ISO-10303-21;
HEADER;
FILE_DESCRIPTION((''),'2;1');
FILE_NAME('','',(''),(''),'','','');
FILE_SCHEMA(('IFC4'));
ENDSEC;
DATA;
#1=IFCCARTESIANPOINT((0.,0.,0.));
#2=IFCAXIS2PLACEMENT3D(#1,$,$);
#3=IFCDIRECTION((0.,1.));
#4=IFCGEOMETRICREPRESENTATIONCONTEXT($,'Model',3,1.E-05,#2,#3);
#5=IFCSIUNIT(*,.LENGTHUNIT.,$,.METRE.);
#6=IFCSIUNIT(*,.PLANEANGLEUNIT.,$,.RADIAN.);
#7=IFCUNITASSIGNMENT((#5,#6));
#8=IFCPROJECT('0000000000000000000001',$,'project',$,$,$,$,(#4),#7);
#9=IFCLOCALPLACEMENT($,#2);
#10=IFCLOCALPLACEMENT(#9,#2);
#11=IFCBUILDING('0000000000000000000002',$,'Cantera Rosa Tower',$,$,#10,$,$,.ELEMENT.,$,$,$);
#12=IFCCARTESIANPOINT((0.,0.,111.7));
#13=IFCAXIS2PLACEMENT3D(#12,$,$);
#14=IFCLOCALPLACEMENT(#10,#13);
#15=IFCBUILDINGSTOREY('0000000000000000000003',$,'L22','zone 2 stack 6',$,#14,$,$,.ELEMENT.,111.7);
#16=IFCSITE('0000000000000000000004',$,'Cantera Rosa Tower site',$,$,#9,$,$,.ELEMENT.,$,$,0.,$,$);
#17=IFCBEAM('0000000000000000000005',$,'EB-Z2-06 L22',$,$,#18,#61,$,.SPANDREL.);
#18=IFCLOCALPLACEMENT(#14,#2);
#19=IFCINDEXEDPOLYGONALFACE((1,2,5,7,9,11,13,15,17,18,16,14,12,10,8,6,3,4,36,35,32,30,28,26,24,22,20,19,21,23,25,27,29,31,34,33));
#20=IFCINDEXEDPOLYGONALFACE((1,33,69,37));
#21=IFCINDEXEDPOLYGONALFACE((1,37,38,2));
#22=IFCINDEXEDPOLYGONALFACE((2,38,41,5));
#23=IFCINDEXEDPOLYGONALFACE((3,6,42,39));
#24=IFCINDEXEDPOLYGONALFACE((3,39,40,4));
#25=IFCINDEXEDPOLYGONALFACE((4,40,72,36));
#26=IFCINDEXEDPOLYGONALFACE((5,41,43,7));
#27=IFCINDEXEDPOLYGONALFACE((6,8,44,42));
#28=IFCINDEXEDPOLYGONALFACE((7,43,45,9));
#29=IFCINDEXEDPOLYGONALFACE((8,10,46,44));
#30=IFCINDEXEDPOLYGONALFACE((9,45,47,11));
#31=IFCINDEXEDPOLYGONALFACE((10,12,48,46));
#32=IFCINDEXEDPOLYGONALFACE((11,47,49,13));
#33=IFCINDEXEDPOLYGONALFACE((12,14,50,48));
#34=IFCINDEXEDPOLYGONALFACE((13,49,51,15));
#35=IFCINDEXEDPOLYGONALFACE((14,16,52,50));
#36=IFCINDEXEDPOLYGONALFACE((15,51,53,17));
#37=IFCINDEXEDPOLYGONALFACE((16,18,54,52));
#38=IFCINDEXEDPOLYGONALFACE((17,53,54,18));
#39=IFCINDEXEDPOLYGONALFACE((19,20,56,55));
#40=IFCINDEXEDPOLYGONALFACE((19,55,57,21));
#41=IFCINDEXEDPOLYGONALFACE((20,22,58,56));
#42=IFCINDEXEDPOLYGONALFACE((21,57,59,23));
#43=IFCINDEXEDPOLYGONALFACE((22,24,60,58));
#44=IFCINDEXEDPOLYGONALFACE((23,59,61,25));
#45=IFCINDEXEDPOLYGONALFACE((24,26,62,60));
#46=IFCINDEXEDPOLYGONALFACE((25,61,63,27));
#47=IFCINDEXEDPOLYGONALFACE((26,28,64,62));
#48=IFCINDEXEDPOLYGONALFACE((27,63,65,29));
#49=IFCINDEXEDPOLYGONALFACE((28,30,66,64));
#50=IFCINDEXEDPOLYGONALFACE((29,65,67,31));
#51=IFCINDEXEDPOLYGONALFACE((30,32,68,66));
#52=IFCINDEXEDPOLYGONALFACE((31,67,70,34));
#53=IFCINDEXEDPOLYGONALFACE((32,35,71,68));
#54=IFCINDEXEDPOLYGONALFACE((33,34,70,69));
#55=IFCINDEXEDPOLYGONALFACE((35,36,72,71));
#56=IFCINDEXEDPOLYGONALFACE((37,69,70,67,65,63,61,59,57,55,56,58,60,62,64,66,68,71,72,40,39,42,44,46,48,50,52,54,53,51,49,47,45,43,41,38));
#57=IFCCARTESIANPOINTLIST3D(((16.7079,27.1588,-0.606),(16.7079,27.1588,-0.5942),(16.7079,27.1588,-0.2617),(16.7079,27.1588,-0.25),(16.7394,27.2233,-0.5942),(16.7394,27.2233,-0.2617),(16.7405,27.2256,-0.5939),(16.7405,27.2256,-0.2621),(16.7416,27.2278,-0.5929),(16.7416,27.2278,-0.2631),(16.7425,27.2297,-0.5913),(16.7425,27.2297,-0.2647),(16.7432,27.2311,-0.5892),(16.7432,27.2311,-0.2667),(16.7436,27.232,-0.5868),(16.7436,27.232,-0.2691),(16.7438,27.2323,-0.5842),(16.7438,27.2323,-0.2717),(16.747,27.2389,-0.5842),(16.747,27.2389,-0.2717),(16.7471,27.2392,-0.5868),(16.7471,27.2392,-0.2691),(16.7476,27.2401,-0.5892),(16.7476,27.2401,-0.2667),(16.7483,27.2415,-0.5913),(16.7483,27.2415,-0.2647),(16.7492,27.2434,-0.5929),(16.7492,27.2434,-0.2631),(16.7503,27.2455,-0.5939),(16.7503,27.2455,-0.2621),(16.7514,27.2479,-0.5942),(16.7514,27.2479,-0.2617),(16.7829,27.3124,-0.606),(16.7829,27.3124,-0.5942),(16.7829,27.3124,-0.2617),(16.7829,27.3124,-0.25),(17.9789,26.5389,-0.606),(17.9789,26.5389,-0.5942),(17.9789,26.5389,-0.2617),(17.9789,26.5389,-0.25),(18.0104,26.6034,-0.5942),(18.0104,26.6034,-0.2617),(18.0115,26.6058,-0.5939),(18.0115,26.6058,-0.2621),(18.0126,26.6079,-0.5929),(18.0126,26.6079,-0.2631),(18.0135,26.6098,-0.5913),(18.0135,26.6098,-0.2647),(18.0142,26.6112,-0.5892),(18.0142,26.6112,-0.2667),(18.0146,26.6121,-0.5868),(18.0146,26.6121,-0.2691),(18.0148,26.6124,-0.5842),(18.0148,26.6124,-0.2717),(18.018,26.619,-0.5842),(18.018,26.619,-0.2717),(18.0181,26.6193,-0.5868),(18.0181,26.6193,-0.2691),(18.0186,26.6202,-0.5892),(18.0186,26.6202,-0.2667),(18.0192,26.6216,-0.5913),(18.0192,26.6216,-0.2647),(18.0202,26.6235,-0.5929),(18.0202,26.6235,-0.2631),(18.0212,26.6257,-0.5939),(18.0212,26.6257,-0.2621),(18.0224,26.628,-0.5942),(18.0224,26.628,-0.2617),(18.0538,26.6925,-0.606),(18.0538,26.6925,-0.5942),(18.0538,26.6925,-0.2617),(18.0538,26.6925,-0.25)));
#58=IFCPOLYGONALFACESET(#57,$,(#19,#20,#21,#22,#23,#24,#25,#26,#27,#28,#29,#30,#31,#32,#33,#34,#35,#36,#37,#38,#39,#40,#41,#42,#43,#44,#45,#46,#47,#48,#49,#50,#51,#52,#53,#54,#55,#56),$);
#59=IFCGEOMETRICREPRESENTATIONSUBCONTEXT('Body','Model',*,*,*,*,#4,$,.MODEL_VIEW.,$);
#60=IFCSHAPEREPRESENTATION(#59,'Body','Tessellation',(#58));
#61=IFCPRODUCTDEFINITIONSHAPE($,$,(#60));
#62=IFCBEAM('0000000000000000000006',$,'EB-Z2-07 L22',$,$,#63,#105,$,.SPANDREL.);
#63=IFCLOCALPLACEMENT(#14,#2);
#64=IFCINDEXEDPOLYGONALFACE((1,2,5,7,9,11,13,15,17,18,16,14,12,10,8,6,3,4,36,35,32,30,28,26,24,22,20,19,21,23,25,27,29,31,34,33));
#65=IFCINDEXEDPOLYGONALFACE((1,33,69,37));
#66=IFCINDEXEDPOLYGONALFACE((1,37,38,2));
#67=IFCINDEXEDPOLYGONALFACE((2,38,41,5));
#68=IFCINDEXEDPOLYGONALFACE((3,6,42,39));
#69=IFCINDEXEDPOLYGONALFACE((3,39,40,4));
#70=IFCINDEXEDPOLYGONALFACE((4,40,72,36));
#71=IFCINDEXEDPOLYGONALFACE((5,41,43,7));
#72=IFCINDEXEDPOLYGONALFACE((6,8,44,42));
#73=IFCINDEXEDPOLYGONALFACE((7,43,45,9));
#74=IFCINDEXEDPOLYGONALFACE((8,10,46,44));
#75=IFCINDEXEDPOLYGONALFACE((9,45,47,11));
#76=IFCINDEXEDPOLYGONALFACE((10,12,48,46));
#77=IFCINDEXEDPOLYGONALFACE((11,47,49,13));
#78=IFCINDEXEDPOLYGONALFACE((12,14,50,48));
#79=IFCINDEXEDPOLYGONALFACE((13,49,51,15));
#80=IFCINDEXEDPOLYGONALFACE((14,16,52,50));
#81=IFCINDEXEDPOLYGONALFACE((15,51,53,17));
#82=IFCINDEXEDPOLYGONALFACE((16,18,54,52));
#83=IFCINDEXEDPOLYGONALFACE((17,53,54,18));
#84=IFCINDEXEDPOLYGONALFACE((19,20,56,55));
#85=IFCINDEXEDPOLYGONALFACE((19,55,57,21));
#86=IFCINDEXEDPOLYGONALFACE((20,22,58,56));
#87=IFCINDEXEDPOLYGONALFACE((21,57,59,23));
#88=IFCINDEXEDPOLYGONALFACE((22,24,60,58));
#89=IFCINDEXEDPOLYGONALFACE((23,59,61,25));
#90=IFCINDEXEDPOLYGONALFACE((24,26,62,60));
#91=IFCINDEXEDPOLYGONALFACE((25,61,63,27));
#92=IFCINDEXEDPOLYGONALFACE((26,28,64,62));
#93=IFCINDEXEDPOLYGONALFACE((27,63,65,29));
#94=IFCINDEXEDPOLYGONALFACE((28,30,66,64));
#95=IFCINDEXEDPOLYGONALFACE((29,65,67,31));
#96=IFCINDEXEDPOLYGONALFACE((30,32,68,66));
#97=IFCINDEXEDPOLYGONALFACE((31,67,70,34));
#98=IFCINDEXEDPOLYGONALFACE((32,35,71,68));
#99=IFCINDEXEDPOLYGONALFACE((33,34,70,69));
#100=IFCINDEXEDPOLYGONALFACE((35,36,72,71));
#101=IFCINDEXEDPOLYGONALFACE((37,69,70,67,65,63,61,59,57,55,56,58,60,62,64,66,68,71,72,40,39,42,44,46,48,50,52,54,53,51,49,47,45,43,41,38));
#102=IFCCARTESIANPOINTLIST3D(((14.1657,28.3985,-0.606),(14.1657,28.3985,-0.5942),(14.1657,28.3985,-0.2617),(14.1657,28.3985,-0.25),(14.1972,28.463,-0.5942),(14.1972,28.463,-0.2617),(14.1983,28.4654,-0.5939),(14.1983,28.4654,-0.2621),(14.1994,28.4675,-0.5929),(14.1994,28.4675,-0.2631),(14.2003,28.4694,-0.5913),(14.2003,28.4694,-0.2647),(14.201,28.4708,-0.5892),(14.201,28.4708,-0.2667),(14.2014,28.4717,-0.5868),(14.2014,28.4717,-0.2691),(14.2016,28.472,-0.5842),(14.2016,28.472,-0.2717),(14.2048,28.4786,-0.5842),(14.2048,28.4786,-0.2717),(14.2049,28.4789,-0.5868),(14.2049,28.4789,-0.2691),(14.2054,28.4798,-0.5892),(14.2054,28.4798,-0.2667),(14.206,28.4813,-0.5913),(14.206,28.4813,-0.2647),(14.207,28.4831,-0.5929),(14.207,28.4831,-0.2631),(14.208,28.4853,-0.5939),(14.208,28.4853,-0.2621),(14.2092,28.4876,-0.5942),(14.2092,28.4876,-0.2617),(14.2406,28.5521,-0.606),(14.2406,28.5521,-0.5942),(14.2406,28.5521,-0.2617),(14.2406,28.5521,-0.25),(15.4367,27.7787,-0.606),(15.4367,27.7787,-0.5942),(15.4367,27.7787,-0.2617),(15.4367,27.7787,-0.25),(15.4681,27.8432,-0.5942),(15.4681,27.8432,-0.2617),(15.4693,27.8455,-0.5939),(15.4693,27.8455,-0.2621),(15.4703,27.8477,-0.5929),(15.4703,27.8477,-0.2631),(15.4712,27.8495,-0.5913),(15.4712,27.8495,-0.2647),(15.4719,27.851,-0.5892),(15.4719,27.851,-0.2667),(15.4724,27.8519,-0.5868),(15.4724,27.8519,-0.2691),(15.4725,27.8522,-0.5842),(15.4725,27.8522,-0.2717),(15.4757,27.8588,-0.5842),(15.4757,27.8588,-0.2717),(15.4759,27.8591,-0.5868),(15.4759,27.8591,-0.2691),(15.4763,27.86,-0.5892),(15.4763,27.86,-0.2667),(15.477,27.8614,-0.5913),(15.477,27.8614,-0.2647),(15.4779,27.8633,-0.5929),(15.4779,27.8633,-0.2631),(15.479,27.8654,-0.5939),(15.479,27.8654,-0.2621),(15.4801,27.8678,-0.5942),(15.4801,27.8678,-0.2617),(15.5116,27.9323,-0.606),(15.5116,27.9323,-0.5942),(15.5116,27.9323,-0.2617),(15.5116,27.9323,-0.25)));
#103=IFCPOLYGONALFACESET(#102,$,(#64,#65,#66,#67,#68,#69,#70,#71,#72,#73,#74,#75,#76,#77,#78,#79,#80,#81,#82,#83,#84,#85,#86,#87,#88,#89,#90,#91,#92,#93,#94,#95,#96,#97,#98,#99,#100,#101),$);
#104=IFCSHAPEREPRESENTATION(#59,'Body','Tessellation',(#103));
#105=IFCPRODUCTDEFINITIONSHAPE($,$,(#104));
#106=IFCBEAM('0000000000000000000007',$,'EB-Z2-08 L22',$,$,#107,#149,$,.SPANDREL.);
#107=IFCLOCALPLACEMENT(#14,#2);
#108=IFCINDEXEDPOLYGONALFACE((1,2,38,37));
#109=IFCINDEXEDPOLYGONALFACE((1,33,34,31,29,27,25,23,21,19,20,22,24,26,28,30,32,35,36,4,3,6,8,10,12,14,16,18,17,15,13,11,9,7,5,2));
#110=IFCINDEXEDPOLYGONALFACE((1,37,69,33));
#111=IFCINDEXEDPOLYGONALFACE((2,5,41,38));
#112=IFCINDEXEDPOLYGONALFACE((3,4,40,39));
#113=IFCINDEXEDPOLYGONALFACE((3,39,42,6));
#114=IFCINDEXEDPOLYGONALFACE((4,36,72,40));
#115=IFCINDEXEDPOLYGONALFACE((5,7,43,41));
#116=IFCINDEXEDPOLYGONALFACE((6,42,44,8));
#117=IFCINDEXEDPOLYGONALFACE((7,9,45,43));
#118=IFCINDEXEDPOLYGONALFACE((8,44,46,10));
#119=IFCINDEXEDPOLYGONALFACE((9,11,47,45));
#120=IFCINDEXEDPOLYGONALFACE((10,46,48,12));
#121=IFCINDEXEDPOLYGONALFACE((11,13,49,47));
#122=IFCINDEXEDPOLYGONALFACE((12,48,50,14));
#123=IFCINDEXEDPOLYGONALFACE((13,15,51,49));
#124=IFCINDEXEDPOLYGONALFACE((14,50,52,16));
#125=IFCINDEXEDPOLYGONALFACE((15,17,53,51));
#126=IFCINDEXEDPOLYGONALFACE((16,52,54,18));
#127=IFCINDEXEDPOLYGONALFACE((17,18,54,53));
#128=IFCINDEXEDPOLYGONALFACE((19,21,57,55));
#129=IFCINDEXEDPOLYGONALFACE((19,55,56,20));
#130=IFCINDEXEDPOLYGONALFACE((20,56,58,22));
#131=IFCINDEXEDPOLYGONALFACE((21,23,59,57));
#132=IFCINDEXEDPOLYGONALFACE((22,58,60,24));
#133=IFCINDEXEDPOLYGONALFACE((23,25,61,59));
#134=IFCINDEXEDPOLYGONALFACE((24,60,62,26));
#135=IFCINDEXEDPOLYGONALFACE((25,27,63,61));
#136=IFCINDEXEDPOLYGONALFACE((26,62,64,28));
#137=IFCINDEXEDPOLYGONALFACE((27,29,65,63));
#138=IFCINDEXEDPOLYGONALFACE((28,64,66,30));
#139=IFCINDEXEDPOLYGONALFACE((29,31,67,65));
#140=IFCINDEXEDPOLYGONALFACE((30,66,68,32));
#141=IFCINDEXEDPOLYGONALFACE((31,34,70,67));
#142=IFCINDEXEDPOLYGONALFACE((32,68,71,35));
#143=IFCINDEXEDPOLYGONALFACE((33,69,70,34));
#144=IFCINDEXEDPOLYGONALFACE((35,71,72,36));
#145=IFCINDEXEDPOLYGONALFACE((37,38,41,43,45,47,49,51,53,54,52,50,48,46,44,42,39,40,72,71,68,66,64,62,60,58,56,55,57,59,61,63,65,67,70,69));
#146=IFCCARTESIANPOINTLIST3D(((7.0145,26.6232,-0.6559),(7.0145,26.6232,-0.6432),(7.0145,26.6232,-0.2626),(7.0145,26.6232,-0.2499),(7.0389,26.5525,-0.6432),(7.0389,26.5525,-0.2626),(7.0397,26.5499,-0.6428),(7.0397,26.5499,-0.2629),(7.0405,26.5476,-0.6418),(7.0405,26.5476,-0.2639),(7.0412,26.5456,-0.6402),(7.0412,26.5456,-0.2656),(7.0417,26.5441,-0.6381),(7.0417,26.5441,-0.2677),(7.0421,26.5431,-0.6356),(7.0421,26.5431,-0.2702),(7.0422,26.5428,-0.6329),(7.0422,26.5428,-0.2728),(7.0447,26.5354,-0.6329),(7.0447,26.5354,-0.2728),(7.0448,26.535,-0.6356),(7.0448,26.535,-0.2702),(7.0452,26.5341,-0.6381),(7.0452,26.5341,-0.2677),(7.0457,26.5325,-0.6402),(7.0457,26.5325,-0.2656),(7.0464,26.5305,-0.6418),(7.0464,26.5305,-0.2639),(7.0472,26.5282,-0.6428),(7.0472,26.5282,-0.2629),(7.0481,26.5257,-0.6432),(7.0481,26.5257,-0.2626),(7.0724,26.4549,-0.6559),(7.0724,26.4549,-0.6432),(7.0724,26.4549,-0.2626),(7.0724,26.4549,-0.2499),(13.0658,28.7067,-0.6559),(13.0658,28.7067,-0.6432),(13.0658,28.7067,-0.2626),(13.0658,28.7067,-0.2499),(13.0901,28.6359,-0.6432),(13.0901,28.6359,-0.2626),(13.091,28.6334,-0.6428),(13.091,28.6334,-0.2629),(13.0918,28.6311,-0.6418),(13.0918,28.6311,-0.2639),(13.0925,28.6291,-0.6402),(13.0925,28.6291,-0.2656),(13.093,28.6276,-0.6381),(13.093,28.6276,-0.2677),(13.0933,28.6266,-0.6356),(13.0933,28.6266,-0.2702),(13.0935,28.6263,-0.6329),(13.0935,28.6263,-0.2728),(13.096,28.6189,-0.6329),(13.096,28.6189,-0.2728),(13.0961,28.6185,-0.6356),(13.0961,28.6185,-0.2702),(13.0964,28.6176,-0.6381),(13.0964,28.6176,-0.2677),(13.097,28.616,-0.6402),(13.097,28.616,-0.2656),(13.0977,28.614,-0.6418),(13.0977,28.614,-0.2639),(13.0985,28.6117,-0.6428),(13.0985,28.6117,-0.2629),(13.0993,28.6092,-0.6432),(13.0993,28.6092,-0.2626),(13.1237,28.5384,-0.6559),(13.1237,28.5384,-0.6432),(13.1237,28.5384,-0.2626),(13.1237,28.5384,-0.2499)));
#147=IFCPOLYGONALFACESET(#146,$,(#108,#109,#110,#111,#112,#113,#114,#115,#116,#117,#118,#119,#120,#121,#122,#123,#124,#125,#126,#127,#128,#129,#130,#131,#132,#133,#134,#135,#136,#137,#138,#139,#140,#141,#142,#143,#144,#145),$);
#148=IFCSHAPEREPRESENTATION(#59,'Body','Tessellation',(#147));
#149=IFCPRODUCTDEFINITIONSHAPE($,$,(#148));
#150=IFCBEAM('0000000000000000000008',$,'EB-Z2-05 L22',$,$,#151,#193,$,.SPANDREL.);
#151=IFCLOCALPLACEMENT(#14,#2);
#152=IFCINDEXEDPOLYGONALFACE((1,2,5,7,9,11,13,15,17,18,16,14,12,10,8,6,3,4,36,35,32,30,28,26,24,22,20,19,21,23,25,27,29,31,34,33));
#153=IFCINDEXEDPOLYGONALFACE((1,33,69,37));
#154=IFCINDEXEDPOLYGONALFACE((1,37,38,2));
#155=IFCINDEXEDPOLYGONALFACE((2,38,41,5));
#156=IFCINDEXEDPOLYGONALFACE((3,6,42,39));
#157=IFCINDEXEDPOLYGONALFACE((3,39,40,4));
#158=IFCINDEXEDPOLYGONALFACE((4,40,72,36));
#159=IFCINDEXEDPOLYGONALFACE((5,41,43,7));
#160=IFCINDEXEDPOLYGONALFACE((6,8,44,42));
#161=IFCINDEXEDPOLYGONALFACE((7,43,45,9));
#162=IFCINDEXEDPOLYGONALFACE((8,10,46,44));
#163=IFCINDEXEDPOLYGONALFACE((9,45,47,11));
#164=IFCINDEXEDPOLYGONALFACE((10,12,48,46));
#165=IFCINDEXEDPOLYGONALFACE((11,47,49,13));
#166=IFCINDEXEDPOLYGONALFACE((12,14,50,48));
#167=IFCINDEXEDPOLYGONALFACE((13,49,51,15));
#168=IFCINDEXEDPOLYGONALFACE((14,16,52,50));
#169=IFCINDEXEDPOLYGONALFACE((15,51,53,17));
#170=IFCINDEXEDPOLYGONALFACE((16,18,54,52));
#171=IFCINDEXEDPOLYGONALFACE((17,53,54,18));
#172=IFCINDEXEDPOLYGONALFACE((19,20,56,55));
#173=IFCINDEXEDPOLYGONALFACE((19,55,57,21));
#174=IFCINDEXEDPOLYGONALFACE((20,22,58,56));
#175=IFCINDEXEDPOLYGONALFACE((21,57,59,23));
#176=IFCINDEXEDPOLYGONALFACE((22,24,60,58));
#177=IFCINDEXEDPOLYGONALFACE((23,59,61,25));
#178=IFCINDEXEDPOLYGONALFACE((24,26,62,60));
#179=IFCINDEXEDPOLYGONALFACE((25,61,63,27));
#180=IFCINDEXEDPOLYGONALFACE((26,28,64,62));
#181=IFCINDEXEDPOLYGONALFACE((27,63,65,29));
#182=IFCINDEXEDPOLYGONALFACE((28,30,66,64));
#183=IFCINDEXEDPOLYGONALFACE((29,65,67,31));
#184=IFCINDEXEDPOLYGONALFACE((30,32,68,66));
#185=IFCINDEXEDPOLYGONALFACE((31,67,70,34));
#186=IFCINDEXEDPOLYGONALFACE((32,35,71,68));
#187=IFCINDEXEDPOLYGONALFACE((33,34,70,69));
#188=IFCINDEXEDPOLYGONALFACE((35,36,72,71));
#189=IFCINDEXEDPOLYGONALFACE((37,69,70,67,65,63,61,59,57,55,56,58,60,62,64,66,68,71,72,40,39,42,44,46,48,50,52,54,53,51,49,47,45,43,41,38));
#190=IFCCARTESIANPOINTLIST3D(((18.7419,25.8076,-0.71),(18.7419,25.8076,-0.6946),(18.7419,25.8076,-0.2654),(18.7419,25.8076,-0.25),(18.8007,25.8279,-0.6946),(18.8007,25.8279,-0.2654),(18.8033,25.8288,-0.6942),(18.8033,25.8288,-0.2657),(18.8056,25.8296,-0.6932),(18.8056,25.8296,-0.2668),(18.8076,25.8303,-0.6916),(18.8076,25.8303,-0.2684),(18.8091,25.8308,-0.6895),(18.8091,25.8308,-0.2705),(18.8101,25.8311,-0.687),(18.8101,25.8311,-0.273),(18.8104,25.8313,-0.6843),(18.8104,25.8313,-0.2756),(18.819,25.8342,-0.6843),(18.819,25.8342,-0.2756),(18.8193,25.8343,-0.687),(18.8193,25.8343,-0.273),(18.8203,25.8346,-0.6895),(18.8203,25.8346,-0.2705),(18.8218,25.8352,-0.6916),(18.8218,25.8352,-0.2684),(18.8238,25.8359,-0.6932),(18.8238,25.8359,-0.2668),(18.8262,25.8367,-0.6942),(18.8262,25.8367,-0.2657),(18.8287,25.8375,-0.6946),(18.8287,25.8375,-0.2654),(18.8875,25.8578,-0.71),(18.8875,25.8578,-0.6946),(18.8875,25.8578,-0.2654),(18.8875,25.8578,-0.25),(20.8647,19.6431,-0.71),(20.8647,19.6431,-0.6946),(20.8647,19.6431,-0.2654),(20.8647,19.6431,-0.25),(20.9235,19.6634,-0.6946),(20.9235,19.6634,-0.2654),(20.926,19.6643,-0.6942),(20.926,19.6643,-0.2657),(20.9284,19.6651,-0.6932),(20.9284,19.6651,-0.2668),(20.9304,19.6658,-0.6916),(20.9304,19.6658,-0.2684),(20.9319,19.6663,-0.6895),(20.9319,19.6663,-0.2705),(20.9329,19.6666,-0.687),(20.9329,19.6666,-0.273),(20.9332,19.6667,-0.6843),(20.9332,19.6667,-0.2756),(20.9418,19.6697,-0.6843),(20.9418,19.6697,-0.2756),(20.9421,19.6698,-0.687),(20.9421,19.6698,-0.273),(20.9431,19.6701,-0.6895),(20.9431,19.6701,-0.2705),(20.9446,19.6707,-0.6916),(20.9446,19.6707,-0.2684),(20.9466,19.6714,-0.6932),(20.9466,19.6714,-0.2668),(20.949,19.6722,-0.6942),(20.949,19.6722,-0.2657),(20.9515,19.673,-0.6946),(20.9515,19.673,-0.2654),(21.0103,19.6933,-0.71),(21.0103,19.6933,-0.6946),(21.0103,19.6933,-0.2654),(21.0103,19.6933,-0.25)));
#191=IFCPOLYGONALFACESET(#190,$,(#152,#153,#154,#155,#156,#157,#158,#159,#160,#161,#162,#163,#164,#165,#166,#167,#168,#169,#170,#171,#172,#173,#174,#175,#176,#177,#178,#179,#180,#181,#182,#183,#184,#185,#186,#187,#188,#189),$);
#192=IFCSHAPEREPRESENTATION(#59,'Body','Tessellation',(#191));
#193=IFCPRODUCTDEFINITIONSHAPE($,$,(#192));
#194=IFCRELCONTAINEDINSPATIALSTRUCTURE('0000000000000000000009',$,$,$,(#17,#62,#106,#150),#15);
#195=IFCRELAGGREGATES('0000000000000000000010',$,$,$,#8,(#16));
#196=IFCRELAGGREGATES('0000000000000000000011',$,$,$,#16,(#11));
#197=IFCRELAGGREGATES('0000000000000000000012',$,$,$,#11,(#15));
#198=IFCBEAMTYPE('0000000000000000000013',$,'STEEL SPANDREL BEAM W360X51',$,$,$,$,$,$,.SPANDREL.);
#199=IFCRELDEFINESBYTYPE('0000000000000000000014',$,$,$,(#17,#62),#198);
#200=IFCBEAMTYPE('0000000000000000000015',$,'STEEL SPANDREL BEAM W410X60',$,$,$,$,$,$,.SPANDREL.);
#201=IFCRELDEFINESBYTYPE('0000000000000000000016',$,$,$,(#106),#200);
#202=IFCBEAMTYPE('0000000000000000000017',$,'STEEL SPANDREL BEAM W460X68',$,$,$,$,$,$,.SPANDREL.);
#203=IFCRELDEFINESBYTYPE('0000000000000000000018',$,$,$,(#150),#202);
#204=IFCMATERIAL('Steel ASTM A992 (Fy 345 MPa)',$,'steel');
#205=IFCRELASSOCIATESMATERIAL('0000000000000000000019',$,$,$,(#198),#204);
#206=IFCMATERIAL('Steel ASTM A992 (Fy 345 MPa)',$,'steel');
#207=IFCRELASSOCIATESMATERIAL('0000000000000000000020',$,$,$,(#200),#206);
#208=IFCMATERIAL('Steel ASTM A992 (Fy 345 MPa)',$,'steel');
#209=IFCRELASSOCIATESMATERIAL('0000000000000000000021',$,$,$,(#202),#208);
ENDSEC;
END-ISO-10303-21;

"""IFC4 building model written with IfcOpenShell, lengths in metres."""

from ifc_helpers import new_model, si_unit, direction, frame, origin, origin_2d, place, context, subcontext, project, spatial, i_section, extrude, material, material_profile, profile_set, type_object, element, save


model = new_model("IFC4")

# Units and contexts
model_context = context("Model", 3, precision=1e-05, world=origin(), true_north=direction((0.0, 1.0)))
body_context = subcontext(model_context, "Body", "Model", "MODEL_VIEW")
ifc_project = project(units=[si_unit("LENGTHUNIT", "METRE"), si_unit("PLANEANGLEUNIT", "RADIAN")], contexts=[model_context])

# Site, building, storey
site_placement = place(None, origin())
site = spatial("IfcSite", under=ifc_project, at=site_placement, Name="Cantera Rosa Tower site", CompositionType="ELEMENT", RefElevation=0.0)
building_placement = place(site_placement, origin())
building = spatial("IfcBuilding", under=site, at=building_placement, Name="Cantera Rosa Tower", CompositionType="ELEMENT")
storey_placement = place(building_placement, frame((0.0, 0.0, 111.7)))
storey = spatial("IfcBuildingStorey", under=building, at=storey_placement, Name="L22", Description="zone 2 stack 6", CompositionType="ELEMENT", Elevation=111.7)

# Beams
ifc_material_1 = material(Name="Steel ASTM A992 (Fy 345 MPa)", Category="steel")
ifc_material_profile_1 = material_profile(ifc_material_1, i_section(OverallWidth=0.1709, OverallDepth=0.356, WebThickness=0.0073, FlangeThickness=0.0117, FilletRadius=0.01, at=origin_2d()), Name="W360X51")
ifc_profile_set_1 = profile_set([ifc_material_profile_1], Name="Steel ASTM A992 (Fy 345 MPa)")
beam_type_1 = type_object("IfcBeamType", Name="STEEL SPANDREL BEAM W360X51", PredefinedType="SPANDREL", material=ifc_profile_set_1)
for number, where, z_axis, x_axis, name in (
    (1, (18.0164, 26.6157, -0.428), (-0.898803, 0.438352, 0.0), (-0.438352, -0.898803, 0.0), "EB-Z2-06 L22"),
    (2, (15.4741, 27.8555, -0.428), (-0.898803, 0.438352, 0.0), (-0.438352, -0.898803, 0.0), "EB-Z2-07 L22"),
):
    element("IfcBeam", number, at=place(storey_placement, frame(where, z_axis=z_axis, x_axis=x_axis)), inside=storey, type_object=beam_type_1, Name=name, PredefinedType="SPANDREL", context=body_context, shape_type="SweptSolid", body=[
        extrude(i_section(OverallWidth=0.1709, OverallDepth=0.356, WebThickness=0.0073, FlangeThickness=0.0117, FilletRadius=0.01, at=origin_2d()), origin(), (0.0, 0.0, 1.0), 1.4141),
    ])
ifc_material_2 = material(Name="Steel ASTM A992 (Fy 345 MPa)", Category="steel")
ifc_material_profile_2 = material_profile(ifc_material_2, i_section(OverallWidth=0.178, OverallDepth=0.406, WebThickness=0.0078, FlangeThickness=0.0127, FilletRadius=0.0103, at=origin_2d()), Name="W410X60")
ifc_profile_set_2 = profile_set([ifc_material_profile_2], Name="Steel ASTM A992 (Fy 345 MPa)")
beam_type_2 = type_object("IfcBeamType", Name="STEEL SPANDREL BEAM W410X60", PredefinedType="SPANDREL", material=ifc_profile_set_2)
beam_1_placement = place(storey_placement, frame((13.0947, 28.6226, -0.4529), z_axis=(-0.945524, -0.325551, 0.0), x_axis=(0.325551, -0.945524, 0.0)))
element("IfcBeam", 3, at=beam_1_placement, inside=storey, type_object=beam_type_2, Name="EB-Z2-08 L22", PredefinedType="SPANDREL", context=body_context, shape_type="SweptSolid", body=[
    extrude(i_section(OverallWidth=0.178, OverallDepth=0.406, WebThickness=0.0078, FlangeThickness=0.0127, FilletRadius=0.0103, at=origin_2d()), origin(), (0.0, 0.0, 1.0), 6.3999),
])
ifc_material_3 = material(Name="Steel ASTM A992 (Fy 345 MPa)", Category="steel")
ifc_material_profile_3 = material_profile(ifc_material_3, i_section(OverallWidth=0.1541, OverallDepth=0.46, WebThickness=0.009, FlangeThickness=0.0154, FilletRadius=0.0103, at=origin_2d()), Name="W460X68")
ifc_profile_set_3 = profile_set([ifc_material_profile_3], Name="Steel ASTM A992 (Fy 345 MPa)")
beam_type_3 = type_object("IfcBeamType", Name="STEEL SPANDREL BEAM W460X68", PredefinedType="SPANDREL", material=ifc_profile_set_3)
beam_2_placement = place(storey_placement, frame((20.9375, 19.6682, -0.48), z_axis=(-0.325593, 0.94551, 0.0), x_axis=(-0.94551, -0.325593, 0.0)))
element("IfcBeam", 4, at=beam_2_placement, inside=storey, type_object=beam_type_3, Name="EB-Z2-05 L22", PredefinedType="SPANDREL", context=body_context, shape_type="SweptSolid", body=[
    extrude(i_section(OverallWidth=0.1541, OverallDepth=0.46, WebThickness=0.009, FlangeThickness=0.0154, FilletRadius=0.0103, at=origin_2d()), origin(), (0.0, 0.0, 1.0), 6.5198),
])

save(model, "model.ifc")
